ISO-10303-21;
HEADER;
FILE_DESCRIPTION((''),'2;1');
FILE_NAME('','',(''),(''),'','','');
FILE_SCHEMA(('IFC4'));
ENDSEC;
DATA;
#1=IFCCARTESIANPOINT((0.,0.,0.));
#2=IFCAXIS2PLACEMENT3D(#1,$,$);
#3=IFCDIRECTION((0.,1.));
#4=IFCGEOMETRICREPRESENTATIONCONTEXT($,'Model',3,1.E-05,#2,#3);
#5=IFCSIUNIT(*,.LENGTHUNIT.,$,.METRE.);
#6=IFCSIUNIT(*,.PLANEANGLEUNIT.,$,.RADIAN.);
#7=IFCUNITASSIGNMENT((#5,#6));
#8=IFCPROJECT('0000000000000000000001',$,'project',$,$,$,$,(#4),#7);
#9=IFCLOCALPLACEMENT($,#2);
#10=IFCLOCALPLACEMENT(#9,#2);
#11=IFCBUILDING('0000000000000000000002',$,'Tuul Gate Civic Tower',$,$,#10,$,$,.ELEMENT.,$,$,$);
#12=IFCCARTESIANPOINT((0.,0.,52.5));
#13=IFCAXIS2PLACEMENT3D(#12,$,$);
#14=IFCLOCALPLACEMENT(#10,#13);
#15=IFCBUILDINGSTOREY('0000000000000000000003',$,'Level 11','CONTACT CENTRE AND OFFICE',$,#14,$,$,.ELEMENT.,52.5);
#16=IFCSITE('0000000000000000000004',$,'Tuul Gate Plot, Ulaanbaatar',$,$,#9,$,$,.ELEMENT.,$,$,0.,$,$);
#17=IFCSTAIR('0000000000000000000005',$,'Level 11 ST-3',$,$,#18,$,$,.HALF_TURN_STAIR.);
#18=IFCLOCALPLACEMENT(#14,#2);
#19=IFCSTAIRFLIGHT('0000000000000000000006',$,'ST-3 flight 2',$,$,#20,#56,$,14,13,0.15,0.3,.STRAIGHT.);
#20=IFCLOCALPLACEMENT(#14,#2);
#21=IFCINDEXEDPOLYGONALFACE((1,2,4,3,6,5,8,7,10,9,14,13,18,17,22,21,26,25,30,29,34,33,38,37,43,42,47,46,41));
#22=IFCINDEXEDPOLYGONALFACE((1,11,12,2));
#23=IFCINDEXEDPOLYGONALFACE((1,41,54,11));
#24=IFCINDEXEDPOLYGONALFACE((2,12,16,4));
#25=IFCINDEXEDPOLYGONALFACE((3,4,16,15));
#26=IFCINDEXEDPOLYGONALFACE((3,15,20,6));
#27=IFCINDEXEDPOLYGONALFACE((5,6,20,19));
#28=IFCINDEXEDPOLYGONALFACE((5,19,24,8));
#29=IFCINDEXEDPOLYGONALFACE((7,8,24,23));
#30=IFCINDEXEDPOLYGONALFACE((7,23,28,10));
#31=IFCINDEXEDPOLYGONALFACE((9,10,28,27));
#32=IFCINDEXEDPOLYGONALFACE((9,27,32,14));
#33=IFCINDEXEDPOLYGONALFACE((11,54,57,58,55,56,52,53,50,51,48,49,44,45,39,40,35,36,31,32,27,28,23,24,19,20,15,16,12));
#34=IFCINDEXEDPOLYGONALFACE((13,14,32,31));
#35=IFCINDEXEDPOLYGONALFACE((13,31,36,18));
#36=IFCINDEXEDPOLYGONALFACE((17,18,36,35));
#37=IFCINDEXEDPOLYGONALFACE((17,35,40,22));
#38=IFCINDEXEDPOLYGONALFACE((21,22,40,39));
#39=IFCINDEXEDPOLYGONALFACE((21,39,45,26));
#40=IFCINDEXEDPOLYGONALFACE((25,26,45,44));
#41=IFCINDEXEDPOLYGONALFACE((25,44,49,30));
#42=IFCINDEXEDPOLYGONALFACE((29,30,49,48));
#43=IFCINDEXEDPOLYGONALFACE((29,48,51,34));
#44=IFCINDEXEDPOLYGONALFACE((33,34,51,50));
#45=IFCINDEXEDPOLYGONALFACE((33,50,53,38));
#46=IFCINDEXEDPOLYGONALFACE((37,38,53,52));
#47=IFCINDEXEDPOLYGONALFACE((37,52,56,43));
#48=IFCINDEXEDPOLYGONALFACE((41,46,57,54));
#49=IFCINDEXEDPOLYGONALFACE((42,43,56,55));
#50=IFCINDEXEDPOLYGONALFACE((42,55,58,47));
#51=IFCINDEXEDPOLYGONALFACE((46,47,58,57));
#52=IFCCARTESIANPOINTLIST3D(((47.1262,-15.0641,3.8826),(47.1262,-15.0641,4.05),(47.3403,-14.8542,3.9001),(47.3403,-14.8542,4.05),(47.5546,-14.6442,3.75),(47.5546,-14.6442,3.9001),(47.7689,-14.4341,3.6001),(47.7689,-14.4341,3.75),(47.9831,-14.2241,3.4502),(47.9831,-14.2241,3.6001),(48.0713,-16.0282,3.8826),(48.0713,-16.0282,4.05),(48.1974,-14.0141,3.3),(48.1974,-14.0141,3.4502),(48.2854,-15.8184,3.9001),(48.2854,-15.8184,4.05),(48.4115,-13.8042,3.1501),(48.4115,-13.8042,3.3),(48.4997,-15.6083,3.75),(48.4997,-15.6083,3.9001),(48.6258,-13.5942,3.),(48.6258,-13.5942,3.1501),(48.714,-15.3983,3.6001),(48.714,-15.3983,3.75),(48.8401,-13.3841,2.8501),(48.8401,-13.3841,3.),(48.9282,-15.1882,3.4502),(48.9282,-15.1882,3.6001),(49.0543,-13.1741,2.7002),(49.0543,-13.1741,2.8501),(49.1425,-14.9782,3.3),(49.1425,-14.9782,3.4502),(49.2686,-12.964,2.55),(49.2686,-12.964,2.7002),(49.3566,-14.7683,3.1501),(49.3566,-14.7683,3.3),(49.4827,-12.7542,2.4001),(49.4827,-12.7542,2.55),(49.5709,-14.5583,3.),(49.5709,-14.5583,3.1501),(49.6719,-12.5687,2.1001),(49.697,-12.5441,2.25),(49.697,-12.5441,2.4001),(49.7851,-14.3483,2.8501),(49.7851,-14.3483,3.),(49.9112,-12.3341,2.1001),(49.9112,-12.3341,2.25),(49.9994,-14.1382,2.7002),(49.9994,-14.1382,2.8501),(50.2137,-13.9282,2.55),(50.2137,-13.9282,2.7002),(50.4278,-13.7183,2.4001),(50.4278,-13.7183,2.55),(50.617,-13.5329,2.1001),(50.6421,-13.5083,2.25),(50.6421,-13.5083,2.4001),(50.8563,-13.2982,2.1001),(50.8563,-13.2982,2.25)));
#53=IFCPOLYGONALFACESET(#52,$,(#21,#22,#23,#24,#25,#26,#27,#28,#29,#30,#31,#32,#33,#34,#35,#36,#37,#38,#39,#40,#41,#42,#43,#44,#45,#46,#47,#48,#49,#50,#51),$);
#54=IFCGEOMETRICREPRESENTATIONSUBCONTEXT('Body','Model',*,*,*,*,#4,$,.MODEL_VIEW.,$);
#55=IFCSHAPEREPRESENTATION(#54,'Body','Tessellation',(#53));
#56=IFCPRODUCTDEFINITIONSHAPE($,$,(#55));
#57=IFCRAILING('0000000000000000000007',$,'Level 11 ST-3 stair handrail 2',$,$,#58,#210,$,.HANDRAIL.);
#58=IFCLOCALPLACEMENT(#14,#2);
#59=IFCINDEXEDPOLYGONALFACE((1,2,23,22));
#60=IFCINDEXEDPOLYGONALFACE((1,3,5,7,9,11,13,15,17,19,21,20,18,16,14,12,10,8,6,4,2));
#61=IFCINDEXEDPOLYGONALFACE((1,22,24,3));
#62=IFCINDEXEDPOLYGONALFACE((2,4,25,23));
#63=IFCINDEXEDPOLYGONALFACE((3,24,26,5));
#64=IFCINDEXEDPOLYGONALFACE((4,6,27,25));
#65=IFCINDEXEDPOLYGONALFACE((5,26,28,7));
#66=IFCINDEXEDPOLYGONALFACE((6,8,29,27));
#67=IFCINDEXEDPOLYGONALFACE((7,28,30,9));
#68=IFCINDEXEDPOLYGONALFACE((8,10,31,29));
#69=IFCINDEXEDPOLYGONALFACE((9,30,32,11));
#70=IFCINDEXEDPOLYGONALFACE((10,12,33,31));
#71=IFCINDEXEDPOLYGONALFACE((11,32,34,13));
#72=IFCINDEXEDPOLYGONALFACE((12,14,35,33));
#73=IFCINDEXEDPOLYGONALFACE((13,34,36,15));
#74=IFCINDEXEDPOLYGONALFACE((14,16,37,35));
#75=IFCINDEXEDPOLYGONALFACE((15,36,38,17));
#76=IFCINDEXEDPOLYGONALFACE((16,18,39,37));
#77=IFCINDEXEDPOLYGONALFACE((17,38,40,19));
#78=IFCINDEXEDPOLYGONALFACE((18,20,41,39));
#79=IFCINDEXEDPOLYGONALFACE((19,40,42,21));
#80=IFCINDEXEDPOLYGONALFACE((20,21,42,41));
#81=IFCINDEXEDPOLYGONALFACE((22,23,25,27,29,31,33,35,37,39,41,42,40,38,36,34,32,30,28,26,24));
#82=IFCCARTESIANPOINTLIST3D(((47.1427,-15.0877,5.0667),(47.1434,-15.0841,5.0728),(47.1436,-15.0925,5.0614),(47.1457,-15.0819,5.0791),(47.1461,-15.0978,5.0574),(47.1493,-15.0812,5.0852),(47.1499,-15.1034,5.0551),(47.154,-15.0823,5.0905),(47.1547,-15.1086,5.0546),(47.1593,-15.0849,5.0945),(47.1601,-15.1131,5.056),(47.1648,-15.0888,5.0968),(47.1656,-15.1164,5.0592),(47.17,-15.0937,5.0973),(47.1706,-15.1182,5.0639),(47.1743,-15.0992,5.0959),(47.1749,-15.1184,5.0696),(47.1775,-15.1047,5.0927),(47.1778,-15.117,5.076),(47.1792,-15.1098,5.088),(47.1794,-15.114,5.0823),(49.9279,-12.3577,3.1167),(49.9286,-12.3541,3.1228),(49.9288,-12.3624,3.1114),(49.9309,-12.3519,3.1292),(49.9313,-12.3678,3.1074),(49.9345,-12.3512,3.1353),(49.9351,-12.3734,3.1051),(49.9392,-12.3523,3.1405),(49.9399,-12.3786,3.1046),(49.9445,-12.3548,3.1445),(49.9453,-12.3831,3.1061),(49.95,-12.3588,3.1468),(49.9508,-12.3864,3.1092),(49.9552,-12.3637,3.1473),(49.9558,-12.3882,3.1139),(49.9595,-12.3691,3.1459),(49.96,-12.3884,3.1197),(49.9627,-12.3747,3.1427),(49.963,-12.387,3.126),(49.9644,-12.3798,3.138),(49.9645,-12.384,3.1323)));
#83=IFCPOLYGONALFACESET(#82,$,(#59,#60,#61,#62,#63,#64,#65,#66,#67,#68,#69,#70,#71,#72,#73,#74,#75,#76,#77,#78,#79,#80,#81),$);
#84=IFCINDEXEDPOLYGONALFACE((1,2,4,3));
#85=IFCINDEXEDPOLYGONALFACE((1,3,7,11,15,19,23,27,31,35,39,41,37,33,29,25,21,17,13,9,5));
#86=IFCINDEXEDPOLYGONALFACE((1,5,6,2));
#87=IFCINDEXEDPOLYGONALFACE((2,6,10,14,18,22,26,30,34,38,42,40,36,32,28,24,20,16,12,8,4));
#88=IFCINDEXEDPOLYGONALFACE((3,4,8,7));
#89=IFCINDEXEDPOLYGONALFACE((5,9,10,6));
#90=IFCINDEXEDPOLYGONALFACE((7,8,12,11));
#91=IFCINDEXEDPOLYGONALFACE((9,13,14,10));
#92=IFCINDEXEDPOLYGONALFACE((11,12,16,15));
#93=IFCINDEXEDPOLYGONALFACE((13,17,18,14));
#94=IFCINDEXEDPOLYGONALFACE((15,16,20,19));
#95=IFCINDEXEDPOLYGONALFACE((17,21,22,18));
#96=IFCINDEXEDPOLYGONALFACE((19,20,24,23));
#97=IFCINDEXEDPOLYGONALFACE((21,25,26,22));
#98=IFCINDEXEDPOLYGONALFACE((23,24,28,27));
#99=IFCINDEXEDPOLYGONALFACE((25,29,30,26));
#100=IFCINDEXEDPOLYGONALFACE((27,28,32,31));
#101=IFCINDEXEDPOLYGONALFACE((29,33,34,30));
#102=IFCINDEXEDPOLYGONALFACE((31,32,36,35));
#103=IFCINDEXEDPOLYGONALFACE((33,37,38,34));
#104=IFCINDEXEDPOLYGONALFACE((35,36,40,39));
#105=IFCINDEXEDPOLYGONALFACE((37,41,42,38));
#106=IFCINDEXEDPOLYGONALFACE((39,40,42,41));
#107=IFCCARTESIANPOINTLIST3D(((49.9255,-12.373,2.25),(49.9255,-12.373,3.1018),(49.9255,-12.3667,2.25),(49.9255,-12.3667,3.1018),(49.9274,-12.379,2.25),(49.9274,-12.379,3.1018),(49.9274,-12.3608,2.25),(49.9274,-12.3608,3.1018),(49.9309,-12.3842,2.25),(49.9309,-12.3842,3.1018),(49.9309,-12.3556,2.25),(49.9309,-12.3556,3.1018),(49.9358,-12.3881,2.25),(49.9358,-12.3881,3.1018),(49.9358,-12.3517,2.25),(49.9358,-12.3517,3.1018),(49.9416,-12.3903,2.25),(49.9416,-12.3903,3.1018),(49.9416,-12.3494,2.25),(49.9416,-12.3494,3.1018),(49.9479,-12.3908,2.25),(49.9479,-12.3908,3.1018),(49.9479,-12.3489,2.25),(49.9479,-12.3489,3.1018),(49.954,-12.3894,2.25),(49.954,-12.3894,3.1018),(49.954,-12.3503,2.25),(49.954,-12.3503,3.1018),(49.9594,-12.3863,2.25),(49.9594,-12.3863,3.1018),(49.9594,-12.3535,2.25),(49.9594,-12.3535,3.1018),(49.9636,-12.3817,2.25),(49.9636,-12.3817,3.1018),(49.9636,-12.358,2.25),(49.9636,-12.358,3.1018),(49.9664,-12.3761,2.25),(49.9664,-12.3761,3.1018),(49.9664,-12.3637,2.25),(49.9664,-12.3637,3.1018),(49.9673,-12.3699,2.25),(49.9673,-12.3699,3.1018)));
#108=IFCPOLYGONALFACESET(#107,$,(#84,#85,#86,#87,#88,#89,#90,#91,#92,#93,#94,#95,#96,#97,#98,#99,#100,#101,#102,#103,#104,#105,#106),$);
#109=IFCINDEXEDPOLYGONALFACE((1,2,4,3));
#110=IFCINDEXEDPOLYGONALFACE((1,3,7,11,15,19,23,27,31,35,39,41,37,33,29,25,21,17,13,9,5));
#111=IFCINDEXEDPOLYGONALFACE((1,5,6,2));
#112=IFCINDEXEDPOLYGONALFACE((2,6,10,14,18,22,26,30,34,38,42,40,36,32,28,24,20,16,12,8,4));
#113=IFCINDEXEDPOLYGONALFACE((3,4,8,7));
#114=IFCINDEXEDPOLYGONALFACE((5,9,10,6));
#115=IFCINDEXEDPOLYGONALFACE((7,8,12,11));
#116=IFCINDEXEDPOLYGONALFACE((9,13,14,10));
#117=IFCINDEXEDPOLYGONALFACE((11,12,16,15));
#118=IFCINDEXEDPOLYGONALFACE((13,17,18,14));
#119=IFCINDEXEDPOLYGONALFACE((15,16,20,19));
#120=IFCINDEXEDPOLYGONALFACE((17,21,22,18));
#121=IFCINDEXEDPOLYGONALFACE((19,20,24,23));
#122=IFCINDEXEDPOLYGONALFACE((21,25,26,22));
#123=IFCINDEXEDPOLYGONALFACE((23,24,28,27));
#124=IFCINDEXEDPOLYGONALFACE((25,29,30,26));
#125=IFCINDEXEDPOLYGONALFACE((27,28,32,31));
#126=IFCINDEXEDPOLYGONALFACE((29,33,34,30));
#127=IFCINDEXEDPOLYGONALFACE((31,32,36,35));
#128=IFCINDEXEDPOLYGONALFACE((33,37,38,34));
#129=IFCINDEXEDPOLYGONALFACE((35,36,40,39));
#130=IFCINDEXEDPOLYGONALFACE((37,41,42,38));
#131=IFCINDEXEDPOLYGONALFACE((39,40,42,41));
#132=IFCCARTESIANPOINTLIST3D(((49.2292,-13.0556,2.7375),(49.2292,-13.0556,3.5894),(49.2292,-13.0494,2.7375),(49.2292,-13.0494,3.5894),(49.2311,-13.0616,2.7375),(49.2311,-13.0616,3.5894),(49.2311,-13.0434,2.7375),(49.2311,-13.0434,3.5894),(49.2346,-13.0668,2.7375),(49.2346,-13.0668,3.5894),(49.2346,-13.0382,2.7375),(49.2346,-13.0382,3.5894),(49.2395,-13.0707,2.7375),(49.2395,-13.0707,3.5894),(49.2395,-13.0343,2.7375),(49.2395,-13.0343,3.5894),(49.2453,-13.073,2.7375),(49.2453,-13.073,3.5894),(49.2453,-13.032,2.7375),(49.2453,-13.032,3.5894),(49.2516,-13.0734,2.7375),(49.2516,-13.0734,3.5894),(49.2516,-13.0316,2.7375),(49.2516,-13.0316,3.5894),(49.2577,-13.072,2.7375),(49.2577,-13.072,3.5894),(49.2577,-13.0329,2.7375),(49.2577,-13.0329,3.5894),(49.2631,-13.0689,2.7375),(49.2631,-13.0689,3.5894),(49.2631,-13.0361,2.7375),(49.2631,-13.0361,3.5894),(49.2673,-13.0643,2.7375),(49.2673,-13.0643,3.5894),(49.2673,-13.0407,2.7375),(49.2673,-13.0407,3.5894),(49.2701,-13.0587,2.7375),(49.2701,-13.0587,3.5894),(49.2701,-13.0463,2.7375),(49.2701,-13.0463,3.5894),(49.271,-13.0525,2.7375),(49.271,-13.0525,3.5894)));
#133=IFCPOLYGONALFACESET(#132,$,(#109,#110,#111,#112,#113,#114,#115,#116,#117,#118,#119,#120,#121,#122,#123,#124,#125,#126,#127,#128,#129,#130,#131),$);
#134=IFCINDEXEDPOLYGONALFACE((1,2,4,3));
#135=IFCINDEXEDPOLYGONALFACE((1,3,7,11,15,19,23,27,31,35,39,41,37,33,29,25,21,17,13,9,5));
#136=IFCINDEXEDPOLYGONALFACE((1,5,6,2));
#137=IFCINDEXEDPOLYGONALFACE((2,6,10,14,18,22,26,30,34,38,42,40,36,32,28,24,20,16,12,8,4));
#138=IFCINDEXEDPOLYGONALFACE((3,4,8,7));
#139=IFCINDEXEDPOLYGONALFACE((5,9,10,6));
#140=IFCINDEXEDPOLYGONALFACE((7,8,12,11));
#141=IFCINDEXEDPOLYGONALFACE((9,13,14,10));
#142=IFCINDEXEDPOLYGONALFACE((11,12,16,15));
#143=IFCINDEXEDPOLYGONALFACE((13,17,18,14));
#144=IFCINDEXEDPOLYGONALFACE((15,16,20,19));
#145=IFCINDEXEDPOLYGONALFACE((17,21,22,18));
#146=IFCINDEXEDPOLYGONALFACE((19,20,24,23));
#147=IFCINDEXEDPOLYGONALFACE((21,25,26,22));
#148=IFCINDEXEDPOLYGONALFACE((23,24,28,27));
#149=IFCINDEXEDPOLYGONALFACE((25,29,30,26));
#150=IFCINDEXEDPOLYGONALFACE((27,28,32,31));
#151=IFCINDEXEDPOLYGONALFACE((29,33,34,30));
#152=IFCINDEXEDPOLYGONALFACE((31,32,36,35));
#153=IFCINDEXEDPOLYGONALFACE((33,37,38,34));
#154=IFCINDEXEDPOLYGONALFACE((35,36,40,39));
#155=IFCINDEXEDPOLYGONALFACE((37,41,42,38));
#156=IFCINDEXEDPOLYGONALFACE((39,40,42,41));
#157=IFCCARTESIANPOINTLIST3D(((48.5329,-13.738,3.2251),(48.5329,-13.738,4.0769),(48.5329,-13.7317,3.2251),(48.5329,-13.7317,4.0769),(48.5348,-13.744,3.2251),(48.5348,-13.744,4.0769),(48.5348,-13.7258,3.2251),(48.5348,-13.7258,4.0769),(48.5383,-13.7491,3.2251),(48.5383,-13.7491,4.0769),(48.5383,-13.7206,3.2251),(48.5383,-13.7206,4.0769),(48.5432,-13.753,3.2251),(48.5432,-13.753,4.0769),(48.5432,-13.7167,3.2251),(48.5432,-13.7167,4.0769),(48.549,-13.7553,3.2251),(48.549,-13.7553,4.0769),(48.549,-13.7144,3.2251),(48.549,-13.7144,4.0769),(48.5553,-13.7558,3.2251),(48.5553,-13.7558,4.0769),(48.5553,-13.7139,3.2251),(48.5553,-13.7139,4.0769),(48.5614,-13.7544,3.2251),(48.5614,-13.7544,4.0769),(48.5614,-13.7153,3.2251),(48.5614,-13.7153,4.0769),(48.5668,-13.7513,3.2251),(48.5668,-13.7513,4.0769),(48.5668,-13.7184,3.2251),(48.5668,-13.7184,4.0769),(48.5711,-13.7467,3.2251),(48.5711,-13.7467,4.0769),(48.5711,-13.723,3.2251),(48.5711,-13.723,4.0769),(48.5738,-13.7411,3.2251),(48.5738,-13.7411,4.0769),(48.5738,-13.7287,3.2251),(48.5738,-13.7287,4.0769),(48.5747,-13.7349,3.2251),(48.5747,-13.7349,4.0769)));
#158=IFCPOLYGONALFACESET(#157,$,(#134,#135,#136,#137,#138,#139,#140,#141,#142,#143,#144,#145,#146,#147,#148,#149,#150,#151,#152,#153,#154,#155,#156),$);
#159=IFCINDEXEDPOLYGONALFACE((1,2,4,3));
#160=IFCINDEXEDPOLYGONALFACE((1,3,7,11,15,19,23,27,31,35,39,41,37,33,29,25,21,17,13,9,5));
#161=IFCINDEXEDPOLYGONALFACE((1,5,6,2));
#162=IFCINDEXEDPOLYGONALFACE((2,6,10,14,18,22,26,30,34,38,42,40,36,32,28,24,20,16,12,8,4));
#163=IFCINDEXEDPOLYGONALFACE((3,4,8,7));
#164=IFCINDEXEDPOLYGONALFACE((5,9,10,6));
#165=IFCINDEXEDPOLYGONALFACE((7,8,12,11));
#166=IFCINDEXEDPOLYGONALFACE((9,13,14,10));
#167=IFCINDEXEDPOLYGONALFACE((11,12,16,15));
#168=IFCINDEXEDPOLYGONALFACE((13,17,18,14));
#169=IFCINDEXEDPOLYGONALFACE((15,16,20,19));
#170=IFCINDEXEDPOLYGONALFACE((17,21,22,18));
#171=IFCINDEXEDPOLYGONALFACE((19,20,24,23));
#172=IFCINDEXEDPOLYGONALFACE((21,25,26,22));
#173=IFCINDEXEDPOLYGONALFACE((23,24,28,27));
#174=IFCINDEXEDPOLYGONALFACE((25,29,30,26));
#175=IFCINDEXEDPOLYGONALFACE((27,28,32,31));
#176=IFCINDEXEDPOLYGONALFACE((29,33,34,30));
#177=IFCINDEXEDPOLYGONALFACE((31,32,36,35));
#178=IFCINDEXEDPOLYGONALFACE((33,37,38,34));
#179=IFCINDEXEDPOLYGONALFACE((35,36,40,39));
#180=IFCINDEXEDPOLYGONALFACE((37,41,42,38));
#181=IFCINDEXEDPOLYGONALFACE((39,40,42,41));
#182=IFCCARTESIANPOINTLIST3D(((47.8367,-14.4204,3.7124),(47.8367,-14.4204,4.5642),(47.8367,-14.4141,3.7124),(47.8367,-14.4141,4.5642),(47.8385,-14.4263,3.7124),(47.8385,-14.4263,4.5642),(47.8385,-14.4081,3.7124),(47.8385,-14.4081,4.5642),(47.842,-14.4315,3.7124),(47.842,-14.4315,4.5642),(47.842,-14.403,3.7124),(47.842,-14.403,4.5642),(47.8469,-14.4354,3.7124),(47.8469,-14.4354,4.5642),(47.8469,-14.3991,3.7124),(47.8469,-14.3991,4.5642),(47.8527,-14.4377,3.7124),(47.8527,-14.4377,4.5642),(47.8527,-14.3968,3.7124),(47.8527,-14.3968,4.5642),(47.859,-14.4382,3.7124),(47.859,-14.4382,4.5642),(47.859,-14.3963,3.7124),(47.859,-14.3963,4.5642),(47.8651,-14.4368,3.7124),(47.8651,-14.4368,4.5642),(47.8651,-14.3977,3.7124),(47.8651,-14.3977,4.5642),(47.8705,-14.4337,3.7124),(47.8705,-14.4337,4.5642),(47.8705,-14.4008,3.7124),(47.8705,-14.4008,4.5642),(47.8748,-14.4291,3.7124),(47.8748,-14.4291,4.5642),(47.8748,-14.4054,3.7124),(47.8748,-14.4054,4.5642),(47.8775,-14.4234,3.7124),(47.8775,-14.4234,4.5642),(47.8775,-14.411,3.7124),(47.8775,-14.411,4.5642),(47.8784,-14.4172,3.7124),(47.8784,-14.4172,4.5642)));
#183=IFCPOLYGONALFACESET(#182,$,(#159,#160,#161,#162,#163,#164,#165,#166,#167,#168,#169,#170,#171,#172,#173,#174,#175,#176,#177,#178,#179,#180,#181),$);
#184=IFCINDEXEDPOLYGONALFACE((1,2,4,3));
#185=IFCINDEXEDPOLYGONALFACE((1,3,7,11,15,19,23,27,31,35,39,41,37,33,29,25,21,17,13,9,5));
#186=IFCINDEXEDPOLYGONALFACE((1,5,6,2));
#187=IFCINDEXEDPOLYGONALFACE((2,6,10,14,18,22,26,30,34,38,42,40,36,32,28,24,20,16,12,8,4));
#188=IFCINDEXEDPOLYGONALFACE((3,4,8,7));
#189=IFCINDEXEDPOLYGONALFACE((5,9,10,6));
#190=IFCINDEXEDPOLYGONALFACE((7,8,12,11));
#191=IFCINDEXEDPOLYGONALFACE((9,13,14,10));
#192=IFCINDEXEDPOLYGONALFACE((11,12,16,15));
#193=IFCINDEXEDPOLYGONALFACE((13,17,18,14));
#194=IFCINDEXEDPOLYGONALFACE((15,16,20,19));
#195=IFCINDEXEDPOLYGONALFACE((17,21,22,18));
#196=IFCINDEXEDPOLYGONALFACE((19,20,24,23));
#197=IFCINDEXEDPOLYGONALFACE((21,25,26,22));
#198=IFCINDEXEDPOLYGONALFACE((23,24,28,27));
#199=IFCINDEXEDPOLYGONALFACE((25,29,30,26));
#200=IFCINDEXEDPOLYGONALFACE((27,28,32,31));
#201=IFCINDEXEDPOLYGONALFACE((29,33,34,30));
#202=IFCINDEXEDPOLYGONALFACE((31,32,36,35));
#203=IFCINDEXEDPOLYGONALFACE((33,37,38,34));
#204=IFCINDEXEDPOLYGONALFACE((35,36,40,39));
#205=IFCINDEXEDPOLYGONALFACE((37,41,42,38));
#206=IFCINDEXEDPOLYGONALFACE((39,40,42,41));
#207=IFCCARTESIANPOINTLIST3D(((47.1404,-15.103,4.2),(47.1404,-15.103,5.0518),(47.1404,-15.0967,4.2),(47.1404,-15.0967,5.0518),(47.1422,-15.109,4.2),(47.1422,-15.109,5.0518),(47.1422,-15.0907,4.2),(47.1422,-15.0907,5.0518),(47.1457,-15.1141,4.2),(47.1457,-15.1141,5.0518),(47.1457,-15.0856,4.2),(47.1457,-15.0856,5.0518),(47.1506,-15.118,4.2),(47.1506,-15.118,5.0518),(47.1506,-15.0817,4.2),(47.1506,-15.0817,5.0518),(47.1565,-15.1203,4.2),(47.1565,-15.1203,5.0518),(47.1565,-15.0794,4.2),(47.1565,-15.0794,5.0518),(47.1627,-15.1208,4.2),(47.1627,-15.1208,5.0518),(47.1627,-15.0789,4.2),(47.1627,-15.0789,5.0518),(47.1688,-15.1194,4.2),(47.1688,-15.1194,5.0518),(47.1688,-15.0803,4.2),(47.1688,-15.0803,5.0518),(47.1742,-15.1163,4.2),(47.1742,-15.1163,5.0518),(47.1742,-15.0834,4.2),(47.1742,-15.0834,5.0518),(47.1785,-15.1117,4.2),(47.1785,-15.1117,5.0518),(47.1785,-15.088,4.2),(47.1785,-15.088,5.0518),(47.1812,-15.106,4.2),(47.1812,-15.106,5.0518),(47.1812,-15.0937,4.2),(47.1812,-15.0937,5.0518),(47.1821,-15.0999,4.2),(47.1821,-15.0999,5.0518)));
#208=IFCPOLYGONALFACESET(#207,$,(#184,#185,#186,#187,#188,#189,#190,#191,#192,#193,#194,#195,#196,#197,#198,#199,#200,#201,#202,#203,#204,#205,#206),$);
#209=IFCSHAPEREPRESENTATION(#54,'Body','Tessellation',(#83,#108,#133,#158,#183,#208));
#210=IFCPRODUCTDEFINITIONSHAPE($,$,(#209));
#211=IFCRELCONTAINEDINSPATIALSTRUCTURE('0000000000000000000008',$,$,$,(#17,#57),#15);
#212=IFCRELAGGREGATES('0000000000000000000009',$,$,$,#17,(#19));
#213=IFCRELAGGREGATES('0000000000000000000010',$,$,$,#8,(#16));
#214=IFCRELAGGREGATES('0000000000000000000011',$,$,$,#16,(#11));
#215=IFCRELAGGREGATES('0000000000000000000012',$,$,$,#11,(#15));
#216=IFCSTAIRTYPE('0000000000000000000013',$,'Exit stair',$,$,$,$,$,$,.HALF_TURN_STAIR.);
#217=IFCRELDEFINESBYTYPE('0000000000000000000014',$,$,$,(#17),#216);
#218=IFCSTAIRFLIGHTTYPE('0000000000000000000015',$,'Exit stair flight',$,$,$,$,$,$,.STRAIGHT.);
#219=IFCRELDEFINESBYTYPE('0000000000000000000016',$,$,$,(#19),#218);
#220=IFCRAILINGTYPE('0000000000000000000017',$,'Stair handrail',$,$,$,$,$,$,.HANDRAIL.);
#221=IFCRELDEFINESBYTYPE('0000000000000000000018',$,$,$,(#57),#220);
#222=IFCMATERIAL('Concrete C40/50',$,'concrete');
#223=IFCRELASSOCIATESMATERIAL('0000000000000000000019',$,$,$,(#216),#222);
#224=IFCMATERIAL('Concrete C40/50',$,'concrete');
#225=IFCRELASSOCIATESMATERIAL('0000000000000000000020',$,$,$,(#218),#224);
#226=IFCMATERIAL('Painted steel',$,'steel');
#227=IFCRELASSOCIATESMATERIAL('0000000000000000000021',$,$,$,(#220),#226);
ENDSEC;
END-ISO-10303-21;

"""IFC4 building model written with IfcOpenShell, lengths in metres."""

from ifc_helpers import new_model, si_unit, direction, frame, origin, origin_2d, place, context, subcontext, project, spatial, polyline, circle, outline, extrude, material, type_object, element, aggregate, save


model = new_model("IFC4")

# Units and contexts
model_context = context("Model", 3, precision=1e-05, world=origin(), true_north=direction((0.0, 1.0)))
body_context = subcontext(model_context, "Body", "Model", "MODEL_VIEW")
ifc_project = project(units=[si_unit("LENGTHUNIT", "METRE"), si_unit("PLANEANGLEUNIT", "RADIAN")], contexts=[model_context])

# Site, building, storey
site_placement = place(None, origin())
site = spatial("IfcSite", under=ifc_project, at=site_placement, Name="Tuul Gate Plot, Ulaanbaatar", CompositionType="ELEMENT", RefElevation=0.0)
building_placement = place(site_placement, origin())
building = spatial("IfcBuilding", under=site, at=building_placement, Name="Tuul Gate Civic Tower", CompositionType="ELEMENT")
storey_placement = place(building_placement, frame((0.0, 0.0, 52.5)))
storey = spatial("IfcBuildingStorey", under=building, at=storey_placement, Name="Level 11", Description="CONTACT CENTRE AND OFFICE", CompositionType="ELEMENT", Elevation=52.5)

# Stair, stair flight
ifc_material_1 = material(Name="Concrete C40/50", Category="concrete")
stair_type = type_object("IfcStairType", Name="Exit stair", PredefinedType="HALF_TURN_STAIR", material=ifc_material_1)
stair_placement = place(storey_placement, origin())
stair = element("IfcStair", 1, at=stair_placement, inside=storey, type_object=stair_type, Name="Level 11 ST-3", PredefinedType="HALF_TURN_STAIR")
ifc_material_2 = material(Name="Concrete C40/50", Category="concrete")
stair_flight_type = type_object("IfcStairFlightType", Name="Exit stair flight", PredefinedType="STRAIGHT", material=ifc_material_2)
stair_flight_placement = place(storey_placement, frame((50.3838, -12.8162, 2.1001), z_axis=(0.0, 0.0, 1.0), x_axis=(-0.714127, -0.700016, 0.0)))
stair_flight = element("IfcStairFlight", 2, at=stair_flight_placement, type_object=stair_flight_type, Name="ST-3 flight 2", NumberOfRisers=14, NumberOfTreads=13, PredefinedType="STRAIGHT", RiserHeight=0.15, TreadLength=0.3, context=body_context, shape_type="SweptSolid", body=[
    extrude(outline(polyline([(0.0, 0.0), (0.0, 0.1499), (0.3, 0.1499), (0.3, 0.3), (0.6001, 0.3), (0.6001, 0.45), (0.8999, 0.45), (0.8999, 0.6001), (1.2, 0.6001), (1.2, 0.75), (1.5, 0.75), (1.5, 0.8999), (1.8, 0.8999), (1.8, 1.05), (2.1001, 1.05), (2.1001, 1.2), (2.3999, 1.2), (2.3999, 1.3501), (2.7, 1.3501), (2.7, 1.5), (3.0, 1.5), (3.0, 1.6499), (3.3, 1.6499), (3.3, 1.8), (3.6001, 1.8), (3.6001, 1.95), (3.8999, 1.95), (3.8999, 2.1001), (3.8999, 1.7825), (0.3352, 0.0), (0.0, 0.0)])), frame((0.0, 0.675, 0.0), z_axis=(0.0, -1.0, 0.0), x_axis=(1.0, 0.0, 0.0)), (0.0, 0.0, 1.0), 1.3501),
])
aggregate(stair, [stair_flight])

# Railing
ifc_material_3 = material(Name="Painted steel", Category="steel")
railing_type = type_object("IfcRailingType", Name="Stair handrail", PredefinedType="HANDRAIL", material=ifc_material_3)
railing_placement = place(storey_placement, frame((49.9463, -12.3699, 2.25)))
element("IfcRailing", 3, at=railing_placement, inside=storey, type_object=railing_type, Name="Level 11 ST-3 stair handrail 2", PredefinedType="HANDRAIL", context=body_context, shape_type="SweptSolid", body=[
    extrude(circle(Radius=0.0239, at=origin_2d()), frame((0.0, 0.0, 0.876), z_axis=(-0.638754, -0.6261, 0.447206), x_axis=(0.699998, -0.714145, 0.0)), (0.0, 0.0, 1.0), 4.3604),
    extrude(circle(Radius=0.021, at=origin_2d()), origin(), (0.0, 0.0, 1.0), 0.8518),
    extrude(circle(Radius=0.021, at=origin_2d()), frame((-0.6963, -0.6826, 0.4875)), (0.0, 0.0, 1.0), 0.8518),
    extrude(circle(Radius=0.021, at=origin_2d()), frame((-1.3926, -1.365, 0.9751)), (0.0, 0.0, 1.0), 0.8518),
    extrude(circle(Radius=0.021, at=origin_2d()), frame((-2.0889, -2.0474, 1.4624)), (0.0, 0.0, 1.0), 0.8518),
    extrude(circle(Radius=0.021, at=origin_2d()), frame((-2.7852, -2.73, 1.95)), (0.0, 0.0, 1.0), 0.8518),
])

save(model, "model.ifc")
